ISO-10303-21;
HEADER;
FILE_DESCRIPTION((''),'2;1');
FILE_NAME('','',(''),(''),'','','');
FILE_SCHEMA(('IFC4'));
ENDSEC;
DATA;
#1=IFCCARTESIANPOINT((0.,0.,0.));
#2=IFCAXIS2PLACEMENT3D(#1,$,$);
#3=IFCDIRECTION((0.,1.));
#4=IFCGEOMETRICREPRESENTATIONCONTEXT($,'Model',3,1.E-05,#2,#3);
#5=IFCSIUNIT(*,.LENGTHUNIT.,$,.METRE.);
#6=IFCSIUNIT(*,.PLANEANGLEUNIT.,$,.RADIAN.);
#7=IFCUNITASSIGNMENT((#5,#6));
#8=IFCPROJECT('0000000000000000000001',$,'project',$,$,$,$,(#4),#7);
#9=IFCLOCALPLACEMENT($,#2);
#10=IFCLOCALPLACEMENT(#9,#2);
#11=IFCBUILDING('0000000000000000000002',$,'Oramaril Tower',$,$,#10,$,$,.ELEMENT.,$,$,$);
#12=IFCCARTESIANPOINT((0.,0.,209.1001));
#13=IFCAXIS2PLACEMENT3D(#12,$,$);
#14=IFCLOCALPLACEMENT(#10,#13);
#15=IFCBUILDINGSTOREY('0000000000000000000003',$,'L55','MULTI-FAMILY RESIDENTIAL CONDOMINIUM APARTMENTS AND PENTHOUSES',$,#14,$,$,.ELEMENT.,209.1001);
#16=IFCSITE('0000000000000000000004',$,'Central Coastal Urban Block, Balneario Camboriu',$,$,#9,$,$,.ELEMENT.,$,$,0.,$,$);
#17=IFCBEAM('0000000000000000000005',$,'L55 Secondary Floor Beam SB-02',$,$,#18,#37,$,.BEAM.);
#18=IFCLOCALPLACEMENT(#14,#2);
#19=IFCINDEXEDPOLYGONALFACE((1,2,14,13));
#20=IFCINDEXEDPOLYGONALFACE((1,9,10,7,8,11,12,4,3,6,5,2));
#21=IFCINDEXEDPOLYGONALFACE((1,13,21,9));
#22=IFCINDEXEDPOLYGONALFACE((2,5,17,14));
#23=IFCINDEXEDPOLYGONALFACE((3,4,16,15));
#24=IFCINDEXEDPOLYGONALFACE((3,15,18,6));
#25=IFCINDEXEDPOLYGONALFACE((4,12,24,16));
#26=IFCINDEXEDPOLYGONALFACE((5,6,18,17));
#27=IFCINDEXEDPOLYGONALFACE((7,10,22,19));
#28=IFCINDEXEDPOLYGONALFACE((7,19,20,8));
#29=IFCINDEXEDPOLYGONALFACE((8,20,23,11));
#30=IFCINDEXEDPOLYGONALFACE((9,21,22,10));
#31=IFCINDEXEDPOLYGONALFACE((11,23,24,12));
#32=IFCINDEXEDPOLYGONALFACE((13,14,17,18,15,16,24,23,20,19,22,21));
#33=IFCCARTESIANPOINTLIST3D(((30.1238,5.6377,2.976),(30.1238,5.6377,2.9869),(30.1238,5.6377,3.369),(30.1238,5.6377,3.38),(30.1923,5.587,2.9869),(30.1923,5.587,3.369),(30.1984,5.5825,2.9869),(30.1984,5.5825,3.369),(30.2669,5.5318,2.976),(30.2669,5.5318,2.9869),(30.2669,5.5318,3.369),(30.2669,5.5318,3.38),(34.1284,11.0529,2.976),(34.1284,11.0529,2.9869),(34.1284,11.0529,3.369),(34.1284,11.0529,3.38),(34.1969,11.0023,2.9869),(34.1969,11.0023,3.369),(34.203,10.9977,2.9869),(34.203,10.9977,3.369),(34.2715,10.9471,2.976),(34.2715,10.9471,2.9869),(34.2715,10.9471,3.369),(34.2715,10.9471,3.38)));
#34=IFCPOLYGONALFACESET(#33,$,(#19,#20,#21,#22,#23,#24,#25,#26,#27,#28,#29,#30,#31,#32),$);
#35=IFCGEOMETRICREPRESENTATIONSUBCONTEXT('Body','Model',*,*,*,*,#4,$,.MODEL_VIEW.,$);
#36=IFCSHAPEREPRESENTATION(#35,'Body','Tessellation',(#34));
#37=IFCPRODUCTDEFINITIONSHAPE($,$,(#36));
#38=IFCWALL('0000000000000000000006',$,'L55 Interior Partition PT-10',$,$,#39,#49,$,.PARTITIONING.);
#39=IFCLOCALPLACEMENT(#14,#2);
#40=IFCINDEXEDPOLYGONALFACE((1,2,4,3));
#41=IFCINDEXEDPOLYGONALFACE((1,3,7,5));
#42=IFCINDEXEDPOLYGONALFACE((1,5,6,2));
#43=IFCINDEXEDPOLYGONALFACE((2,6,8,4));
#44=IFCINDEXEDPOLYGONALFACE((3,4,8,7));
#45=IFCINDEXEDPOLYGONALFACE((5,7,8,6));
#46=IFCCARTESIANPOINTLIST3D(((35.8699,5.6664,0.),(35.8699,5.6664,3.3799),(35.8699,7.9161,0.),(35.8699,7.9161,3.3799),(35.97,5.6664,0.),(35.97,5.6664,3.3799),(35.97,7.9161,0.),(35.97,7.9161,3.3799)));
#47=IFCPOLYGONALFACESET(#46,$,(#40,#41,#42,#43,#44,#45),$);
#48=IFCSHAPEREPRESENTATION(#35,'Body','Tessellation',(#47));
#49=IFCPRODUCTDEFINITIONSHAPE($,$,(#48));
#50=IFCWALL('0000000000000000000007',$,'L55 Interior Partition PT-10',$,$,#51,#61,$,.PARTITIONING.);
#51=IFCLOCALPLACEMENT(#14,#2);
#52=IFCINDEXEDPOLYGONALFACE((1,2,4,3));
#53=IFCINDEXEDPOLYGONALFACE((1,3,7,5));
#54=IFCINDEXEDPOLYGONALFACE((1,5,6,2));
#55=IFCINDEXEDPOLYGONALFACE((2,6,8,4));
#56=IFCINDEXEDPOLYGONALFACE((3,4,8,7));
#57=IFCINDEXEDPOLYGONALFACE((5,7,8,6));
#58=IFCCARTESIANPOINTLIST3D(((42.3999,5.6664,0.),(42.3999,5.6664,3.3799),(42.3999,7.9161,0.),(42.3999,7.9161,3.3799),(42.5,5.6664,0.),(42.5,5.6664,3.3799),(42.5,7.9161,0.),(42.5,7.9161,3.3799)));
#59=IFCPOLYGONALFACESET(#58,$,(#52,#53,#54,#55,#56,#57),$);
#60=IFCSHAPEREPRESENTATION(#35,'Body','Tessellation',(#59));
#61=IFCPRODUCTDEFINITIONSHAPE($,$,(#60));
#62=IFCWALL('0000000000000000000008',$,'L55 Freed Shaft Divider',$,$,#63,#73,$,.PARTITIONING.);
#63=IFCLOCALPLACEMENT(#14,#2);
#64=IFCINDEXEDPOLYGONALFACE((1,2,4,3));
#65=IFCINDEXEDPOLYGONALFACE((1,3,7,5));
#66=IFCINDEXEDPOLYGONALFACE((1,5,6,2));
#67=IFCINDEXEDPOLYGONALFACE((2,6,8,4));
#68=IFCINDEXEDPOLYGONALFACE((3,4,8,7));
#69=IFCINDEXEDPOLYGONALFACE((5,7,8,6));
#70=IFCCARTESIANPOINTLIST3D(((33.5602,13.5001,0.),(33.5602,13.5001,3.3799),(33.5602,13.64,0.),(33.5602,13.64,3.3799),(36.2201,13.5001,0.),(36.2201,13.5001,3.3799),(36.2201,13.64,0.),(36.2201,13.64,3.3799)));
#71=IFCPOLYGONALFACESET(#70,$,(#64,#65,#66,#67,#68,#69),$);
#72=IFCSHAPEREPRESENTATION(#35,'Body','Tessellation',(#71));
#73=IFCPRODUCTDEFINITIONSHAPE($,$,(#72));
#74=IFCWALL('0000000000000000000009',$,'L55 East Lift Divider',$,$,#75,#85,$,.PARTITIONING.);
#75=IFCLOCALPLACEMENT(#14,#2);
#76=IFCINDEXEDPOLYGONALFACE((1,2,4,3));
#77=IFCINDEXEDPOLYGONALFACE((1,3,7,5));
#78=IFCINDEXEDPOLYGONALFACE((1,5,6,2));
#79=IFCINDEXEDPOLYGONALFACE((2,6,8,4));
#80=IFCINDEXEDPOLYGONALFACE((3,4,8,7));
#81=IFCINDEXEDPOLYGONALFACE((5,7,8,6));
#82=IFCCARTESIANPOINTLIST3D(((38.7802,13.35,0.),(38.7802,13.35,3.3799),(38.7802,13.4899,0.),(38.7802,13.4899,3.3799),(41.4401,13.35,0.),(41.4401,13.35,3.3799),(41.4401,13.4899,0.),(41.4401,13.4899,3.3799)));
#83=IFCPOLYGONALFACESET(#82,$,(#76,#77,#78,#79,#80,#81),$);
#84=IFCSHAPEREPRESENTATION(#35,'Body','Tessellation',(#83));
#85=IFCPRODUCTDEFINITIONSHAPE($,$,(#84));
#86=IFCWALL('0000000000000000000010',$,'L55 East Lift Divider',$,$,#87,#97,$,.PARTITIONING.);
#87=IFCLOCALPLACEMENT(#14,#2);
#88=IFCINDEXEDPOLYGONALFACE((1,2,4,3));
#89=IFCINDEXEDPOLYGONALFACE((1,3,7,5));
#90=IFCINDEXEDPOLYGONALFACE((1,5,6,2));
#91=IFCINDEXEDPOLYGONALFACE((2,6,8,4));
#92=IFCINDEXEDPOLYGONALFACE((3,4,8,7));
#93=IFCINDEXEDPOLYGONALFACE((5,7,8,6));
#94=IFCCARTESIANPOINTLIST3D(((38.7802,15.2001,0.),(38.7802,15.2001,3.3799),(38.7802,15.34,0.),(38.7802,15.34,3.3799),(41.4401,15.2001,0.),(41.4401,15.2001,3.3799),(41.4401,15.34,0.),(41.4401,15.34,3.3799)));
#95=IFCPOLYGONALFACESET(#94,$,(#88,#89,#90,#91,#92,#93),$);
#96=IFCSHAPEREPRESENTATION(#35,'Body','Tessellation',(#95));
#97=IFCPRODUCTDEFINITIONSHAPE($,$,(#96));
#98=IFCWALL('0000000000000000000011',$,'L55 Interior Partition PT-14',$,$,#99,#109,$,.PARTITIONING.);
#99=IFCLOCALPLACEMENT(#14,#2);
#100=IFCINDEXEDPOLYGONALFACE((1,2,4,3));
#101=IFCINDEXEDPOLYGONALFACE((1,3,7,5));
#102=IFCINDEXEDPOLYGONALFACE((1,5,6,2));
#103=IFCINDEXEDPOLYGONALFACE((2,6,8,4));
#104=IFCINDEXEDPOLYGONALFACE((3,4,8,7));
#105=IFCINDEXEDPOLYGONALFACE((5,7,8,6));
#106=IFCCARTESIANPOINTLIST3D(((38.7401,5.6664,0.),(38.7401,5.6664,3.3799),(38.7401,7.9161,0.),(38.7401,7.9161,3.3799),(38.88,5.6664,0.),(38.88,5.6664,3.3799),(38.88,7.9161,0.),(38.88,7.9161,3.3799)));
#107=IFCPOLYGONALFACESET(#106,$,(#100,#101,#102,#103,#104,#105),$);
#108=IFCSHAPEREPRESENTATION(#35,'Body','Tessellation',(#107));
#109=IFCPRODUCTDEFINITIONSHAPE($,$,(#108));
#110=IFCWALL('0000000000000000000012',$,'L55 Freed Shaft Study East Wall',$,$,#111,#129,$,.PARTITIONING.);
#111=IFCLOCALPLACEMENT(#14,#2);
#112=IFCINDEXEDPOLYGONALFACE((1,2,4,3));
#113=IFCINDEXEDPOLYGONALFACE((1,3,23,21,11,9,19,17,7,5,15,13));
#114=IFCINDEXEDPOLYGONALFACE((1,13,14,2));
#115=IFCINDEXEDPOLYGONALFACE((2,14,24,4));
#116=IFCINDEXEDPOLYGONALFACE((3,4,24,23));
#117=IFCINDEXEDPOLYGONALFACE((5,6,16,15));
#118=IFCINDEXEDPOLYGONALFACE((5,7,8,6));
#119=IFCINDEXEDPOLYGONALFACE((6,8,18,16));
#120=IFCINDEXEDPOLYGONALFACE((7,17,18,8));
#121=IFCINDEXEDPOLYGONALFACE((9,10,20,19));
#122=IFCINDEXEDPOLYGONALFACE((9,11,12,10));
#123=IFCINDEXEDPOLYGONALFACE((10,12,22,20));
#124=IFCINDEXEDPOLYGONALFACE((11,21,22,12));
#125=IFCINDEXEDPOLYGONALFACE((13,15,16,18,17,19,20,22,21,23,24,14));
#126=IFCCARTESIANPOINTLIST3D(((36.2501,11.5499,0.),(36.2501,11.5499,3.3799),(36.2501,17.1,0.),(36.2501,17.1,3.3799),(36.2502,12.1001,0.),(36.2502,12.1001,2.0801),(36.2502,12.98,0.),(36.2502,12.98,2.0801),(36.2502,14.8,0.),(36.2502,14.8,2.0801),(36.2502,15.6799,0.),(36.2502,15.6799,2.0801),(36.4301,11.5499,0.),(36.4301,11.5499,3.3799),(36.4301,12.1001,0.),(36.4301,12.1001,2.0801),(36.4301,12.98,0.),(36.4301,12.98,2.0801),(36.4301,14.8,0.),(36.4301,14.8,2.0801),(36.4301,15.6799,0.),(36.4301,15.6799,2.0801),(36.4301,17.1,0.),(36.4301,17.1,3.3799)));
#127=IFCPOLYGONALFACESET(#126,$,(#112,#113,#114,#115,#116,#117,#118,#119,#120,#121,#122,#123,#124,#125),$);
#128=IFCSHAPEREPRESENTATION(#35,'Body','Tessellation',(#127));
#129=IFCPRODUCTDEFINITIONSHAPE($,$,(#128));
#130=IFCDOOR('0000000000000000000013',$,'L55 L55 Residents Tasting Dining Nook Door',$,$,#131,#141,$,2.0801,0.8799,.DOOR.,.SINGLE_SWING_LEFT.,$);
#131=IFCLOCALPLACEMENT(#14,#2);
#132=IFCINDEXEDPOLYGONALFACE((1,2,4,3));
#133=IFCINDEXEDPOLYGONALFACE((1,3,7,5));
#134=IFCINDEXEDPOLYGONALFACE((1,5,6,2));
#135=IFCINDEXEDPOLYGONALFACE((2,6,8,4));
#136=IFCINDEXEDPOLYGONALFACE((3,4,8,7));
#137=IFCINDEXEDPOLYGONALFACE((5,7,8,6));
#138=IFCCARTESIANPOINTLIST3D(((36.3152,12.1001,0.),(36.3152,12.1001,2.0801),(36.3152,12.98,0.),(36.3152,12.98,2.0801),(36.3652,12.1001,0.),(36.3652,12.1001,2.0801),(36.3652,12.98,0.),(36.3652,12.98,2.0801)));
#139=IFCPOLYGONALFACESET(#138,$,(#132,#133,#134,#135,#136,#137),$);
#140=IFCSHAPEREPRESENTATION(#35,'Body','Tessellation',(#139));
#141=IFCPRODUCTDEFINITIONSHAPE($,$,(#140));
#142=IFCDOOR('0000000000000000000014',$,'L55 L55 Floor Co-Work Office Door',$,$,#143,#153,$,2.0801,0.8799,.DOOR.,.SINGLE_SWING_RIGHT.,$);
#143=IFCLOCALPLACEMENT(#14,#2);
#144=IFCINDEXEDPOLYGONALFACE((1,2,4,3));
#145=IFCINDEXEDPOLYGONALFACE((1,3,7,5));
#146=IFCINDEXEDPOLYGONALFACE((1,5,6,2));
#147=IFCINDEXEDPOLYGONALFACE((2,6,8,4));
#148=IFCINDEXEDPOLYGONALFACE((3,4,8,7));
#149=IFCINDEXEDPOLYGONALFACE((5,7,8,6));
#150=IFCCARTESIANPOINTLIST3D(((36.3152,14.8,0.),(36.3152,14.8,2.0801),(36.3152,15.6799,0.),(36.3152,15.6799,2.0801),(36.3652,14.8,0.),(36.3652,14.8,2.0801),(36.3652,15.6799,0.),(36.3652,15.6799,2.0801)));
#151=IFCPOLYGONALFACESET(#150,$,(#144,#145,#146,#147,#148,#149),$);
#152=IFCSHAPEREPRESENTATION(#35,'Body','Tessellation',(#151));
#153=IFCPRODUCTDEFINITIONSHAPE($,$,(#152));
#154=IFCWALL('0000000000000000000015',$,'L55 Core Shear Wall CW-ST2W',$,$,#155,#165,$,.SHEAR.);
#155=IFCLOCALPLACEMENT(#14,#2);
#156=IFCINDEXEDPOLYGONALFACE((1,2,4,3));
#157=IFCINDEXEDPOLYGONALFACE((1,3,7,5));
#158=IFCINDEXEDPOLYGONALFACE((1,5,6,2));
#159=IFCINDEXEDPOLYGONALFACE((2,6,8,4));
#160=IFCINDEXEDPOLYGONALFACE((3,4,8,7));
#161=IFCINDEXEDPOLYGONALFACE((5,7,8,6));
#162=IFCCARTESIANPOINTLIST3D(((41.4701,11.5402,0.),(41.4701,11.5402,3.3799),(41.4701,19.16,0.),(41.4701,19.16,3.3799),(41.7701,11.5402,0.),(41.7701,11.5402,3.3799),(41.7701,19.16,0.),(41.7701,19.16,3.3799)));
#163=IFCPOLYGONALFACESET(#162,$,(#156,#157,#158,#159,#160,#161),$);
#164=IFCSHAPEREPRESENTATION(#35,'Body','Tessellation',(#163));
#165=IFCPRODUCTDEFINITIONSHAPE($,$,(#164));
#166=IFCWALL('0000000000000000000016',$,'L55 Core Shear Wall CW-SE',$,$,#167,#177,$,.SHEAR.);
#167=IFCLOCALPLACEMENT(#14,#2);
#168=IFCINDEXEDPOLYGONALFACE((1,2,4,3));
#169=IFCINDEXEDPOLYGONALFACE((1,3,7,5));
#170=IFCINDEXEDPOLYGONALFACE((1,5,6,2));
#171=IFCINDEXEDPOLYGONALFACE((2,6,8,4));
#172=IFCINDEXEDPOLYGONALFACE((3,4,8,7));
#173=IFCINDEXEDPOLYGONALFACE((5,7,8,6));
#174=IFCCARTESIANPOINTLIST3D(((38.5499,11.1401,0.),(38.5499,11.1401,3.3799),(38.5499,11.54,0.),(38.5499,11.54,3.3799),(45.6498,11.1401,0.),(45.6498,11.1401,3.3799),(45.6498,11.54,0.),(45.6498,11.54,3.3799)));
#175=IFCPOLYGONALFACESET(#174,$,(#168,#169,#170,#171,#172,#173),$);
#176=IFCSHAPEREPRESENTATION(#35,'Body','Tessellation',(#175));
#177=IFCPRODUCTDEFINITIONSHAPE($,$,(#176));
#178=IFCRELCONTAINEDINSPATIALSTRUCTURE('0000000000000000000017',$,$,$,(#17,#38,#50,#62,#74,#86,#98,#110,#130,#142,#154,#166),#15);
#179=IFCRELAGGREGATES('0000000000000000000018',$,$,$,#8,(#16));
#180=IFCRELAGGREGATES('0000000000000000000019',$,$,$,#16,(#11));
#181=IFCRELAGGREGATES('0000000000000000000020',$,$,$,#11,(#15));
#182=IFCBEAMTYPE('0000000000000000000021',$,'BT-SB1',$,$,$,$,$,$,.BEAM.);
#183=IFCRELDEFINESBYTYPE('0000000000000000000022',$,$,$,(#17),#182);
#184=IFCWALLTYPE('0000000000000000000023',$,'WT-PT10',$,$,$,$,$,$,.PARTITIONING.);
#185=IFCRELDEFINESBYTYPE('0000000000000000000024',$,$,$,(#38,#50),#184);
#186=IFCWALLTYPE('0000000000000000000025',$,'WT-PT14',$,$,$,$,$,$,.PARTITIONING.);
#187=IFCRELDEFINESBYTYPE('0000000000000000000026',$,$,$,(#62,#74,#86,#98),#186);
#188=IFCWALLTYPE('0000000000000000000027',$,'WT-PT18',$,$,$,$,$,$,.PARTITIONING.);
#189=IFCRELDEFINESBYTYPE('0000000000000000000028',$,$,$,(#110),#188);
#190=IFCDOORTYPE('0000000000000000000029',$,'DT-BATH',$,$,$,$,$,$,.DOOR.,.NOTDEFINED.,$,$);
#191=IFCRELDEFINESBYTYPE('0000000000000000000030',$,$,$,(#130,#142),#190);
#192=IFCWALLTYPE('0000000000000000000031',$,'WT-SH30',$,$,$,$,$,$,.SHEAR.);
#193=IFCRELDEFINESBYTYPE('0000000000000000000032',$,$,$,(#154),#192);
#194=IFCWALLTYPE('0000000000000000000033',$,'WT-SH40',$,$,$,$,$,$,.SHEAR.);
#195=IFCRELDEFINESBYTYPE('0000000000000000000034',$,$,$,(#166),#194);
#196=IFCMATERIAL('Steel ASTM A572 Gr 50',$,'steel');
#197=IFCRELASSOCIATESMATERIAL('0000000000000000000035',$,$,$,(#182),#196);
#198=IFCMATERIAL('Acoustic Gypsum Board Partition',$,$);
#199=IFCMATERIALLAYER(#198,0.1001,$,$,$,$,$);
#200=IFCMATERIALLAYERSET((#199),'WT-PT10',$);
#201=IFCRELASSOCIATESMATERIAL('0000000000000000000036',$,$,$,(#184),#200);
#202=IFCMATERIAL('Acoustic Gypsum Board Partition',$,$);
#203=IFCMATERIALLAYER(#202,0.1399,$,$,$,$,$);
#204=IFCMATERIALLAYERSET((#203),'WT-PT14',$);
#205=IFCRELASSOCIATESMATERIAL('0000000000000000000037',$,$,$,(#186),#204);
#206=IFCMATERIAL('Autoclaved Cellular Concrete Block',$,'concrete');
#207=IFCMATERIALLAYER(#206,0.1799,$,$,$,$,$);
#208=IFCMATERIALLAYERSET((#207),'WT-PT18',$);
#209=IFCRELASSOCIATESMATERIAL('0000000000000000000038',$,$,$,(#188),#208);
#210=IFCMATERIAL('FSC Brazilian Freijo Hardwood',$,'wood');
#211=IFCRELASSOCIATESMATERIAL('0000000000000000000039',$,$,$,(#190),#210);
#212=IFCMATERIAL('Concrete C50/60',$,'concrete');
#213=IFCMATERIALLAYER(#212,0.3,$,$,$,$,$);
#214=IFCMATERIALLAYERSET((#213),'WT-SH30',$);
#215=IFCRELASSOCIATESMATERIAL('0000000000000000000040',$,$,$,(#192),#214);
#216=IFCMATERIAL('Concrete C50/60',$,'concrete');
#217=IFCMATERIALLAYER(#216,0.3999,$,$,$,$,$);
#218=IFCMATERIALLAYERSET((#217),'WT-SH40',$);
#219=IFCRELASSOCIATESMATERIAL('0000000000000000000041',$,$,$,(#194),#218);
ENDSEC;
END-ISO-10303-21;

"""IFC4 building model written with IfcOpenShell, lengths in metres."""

from ifc_helpers import new_model, si_unit, direction, frame, frame_2d, origin, origin_2d, place, context, subcontext, project, spatial, rectangle, i_section, extrude, material, layer, layer_set, material_profile, profile_set, type_object, element, fill, save


model = new_model("IFC4")

# Units and contexts
model_context = context("Model", 3, precision=1e-05, world=origin(), true_north=direction((0.0, 1.0)))
body_context = subcontext(model_context, "Body", "Model", "MODEL_VIEW")
ifc_project = project(units=[si_unit("LENGTHUNIT", "METRE"), si_unit("PLANEANGLEUNIT", "RADIAN")], contexts=[model_context])

# Site, building, storey
site_placement = place(None, origin())
site = spatial("IfcSite", under=ifc_project, at=site_placement, Name="Central Coastal Urban Block, Balneario Camboriu", CompositionType="ELEMENT", RefElevation=0.0)
building_placement = place(site_placement, origin())
building = spatial("IfcBuilding", under=site, at=building_placement, Name="Oramaril Tower", CompositionType="ELEMENT")
storey_placement = place(building_placement, frame((0.0, 0.0, 209.1001)))
storey = spatial("IfcBuildingStorey", under=building, at=storey_placement, Name="L55", Description="MULTI-FAMILY RESIDENTIAL CONDOMINIUM APARTMENTS AND PENTHOUSES", CompositionType="ELEMENT", Elevation=209.1001)

# Beam
ifc_material_1 = material(Name="Steel ASTM A572 Gr 50", Category="steel")
ifc_material_profile = material_profile(ifc_material_1, i_section(OverallWidth=0.178, OverallDepth=0.4041, WebThickness=0.0076, FlangeThickness=0.011, at=origin_2d()), Name="W16X36")
ifc_profile_set = profile_set([ifc_material_profile], Name="Steel ASTM A572 Gr 50")
beam_type = type_object("IfcBeamType", Name="BT-SB1", PredefinedType="BEAM", material=ifc_profile_set)
beam_placement = place(storey_placement, frame((34.2, 11.0, 3.178), z_axis=(-0.594587, -0.804031, 0.0), x_axis=(0.804031, -0.594587, 0.0)))
element("IfcBeam", 1, at=beam_placement, inside=storey, type_object=beam_type, Name="L55 Secondary Floor Beam SB-02", PredefinedType="BEAM", context=body_context, shape_type="SweptSolid", body=[
    extrude(i_section(OverallWidth=0.178, OverallDepth=0.4041, WebThickness=0.0076, FlangeThickness=0.011, at=origin_2d()), origin(), (0.0, 0.0, 1.0), 6.7351),
])

# Walls
ifc_material_2 = material(Name="Acoustic Gypsum Board Partition")
ifc_layer_1 = layer(ifc_material_2, 0.1001)
ifc_layer_set_1 = layer_set([ifc_layer_1], Name="WT-PT10")
wall_type_1 = type_object("IfcWallType", Name="WT-PT10", PredefinedType="PARTITIONING", material=ifc_layer_set_1)
for number, where, z_axis, x_axis, name in (
    (2, (35.9199, 5.6663, 0.0), (0.0, 0.0, 1.0), (0.0, 1.0, 0.0), "L55 Interior Partition PT-10"),
    (3, (42.45, 5.6663, 0.0), (0.0, 0.0, 1.0), (0.0, 1.0, 0.0), "L55 Interior Partition PT-10"),
):
    element("IfcWall", number, at=place(storey_placement, frame(where, z_axis=z_axis, x_axis=x_axis)), inside=storey, type_object=wall_type_1, Name=name, PredefinedType="PARTITIONING", context=body_context, shape_type="SweptSolid", body=[
        extrude(rectangle(XDim=2.2498, YDim=0.1001, at=frame_2d((1.125, 0.0))), origin(), (0.0, 0.0, 1.0), 3.3799),
    ])
ifc_material_3 = material(Name="Acoustic Gypsum Board Partition")
ifc_layer_2 = layer(ifc_material_3, 0.1399)
ifc_layer_set_2 = layer_set([ifc_layer_2], Name="WT-PT14")
wall_type_2 = type_object("IfcWallType", Name="WT-PT14", PredefinedType="PARTITIONING", material=ifc_layer_set_2)
for number, where, z_axis, x_axis, name in (
    (4, (33.5601, 13.5701, 0.0), (0.0, 0.0, 1.0), (1.0, 0.0, 0.0), "L55 Freed Shaft Divider"),
    (5, (38.78, 13.4199, 0.0), (0.0, 0.0, 1.0), (1.0, 0.0, 0.0), "L55 East Lift Divider"),
    (6, (38.78, 15.27, 0.0), (0.0, 0.0, 1.0), (1.0, 0.0, 0.0), "L55 East Lift Divider"),
):
    element("IfcWall", number, at=place(storey_placement, frame(where, z_axis=z_axis, x_axis=x_axis)), inside=storey, type_object=wall_type_2, Name=name, PredefinedType="PARTITIONING", context=body_context, shape_type="SweptSolid", body=[
        extrude(rectangle(XDim=2.6599, YDim=0.1399, at=frame_2d((1.3301, 0.0))), origin(), (0.0, 0.0, 1.0), 3.3799),
    ])
wall_1_placement = place(storey_placement, frame((38.8101, 5.6663, 0.0), z_axis=(0.0, 0.0, 1.0), x_axis=(0.0, 1.0, 0.0)))
element("IfcWall", 7, at=wall_1_placement, inside=storey, type_object=wall_type_2, Name="L55 Interior Partition PT-14", PredefinedType="PARTITIONING", context=body_context, shape_type="SweptSolid", body=[
    extrude(rectangle(XDim=2.2498, YDim=0.1399, at=frame_2d((1.125, 0.0))), origin(), (0.0, 0.0, 1.0), 3.3799),
])

# Wall, openings, doors
ifc_material_4 = material(Name="Autoclaved Cellular Concrete Block", Category="concrete")
ifc_layer_3 = layer(ifc_material_4, 0.1799)
ifc_layer_set_3 = layer_set([ifc_layer_3], Name="WT-PT18")
wall_type_3 = type_object("IfcWallType", Name="WT-PT18", PredefinedType="PARTITIONING", material=ifc_layer_set_3)
wall_2_placement = place(storey_placement, frame((36.3401, 11.55, 0.0), z_axis=(0.0, 0.0, 1.0), x_axis=(0.0, 1.0, 0.0)))
wall_2 = element("IfcWall", 8, at=wall_2_placement, inside=storey, type_object=wall_type_3, Name="L55 Freed Shaft Study East Wall", PredefinedType="PARTITIONING", context=body_context, shape_type="SweptSolid", body=[
    extrude(rectangle(XDim=5.55, YDim=0.1799, at=frame_2d((2.7749, 0.0))), origin(), (0.0, 0.0, 1.0), 3.3799),
])
opening_1_placement = place(wall_2_placement, frame((0.55, 0.0, 0.0)))
opening_1 = element("IfcOpeningElement", 9, at=opening_1_placement, cuts=wall_2, PredefinedType="OPENING", context=body_context, shape_type="SweptSolid", body=[
    extrude(rectangle(XDim=0.8799, YDim=2.0801, at=frame_2d((0.4399, 1.04))), frame((0.0, 0.0898, 0.0), z_axis=(0.0, -1.0, 0.0), x_axis=(1.0, 0.0, 0.0)), (0.0, 0.0, 1.0), 0.1799),
])
opening_2_placement = place(wall_2_placement, frame((3.25, 0.0, 0.0)))
opening_2 = element("IfcOpeningElement", 10, at=opening_2_placement, cuts=wall_2, PredefinedType="OPENING", context=body_context, shape_type="SweptSolid", body=[
    extrude(rectangle(XDim=0.8799, YDim=2.0801, at=frame_2d((0.4399, 1.04))), frame((0.0, 0.0898, 0.0), z_axis=(0.0, -1.0, 0.0), x_axis=(1.0, 0.0, 0.0)), (0.0, 0.0, 1.0), 0.1799),
])
ifc_material_5 = material(Name="FSC Brazilian Freijo Hardwood", Category="wood")
door_type_1 = type_object("IfcDoorType", Name="DT-BATH", OperationType="NOTDEFINED", PredefinedType="DOOR", material=ifc_material_5)
door_1_placement = place(opening_1_placement, origin())
door_1 = element("IfcDoor", 11, at=door_1_placement, inside=storey, type_object=door_type_1, Name="L55 L55 Residents Tasting Dining Nook Door", OperationType="SINGLE_SWING_LEFT", OverallHeight=2.0801, OverallWidth=0.8799, PredefinedType="DOOR", context=body_context, shape_type="SweptSolid", body=[
    extrude(rectangle(XDim=0.8799, YDim=2.0801, at=frame_2d((0.4399, 1.04))), frame((0.0, 0.0249, 0.0), z_axis=(0.0, -1.0, 0.0), x_axis=(1.0, 0.0, 0.0)), (0.0, 0.0, 1.0), 0.05),
])
fill(opening_1, door_1)
door_2_placement = place(opening_2_placement, origin())
door_2 = element("IfcDoor", 12, at=door_2_placement, inside=storey, type_object=door_type_1, Name="L55 L55 Floor Co-Work Office Door", OperationType="SINGLE_SWING_RIGHT", OverallHeight=2.0801, OverallWidth=0.8799, PredefinedType="DOOR", context=body_context, shape_type="SweptSolid", body=[
    extrude(rectangle(XDim=0.8799, YDim=2.0801, at=frame_2d((0.4399, 1.04))), frame((0.0, 0.0249, 0.0), z_axis=(0.0, -1.0, 0.0), x_axis=(1.0, 0.0, 0.0)), (0.0, 0.0, 1.0), 0.05),
])
fill(opening_2, door_2)

# Walls
ifc_material_6 = material(Name="Concrete C50/60", Category="concrete")
ifc_layer_4 = layer(ifc_material_6, 0.3)
ifc_layer_set_4 = layer_set([ifc_layer_4], Name="WT-SH30")
wall_type_4 = type_object("IfcWallType", Name="WT-SH30", PredefinedType="SHEAR", material=ifc_layer_set_4)
wall_3_placement = place(storey_placement, frame((41.6201, 11.54, 0.0), z_axis=(0.0, 0.0, 1.0), x_axis=(0.0, 1.0, 0.0)))
element("IfcWall", 13, at=wall_3_placement, inside=storey, type_object=wall_type_4, Name="L55 Core Shear Wall CW-ST2W", PredefinedType="SHEAR", context=body_context, shape_type="SweptSolid", body=[
    extrude(rectangle(XDim=7.6199, YDim=0.3, at=frame_2d((3.8101, 0.0))), origin(), (0.0, 0.0, 1.0), 3.3799),
])
ifc_material_7 = material(Name="Concrete C50/60", Category="concrete")
ifc_layer_5 = layer(ifc_material_7, 0.3999)
ifc_layer_set_5 = layer_set([ifc_layer_5], Name="WT-SH40")
wall_type_5 = type_object("IfcWallType", Name="WT-SH40", PredefinedType="SHEAR", material=ifc_layer_set_5)
wall_4_placement = place(storey_placement, frame((38.55, 11.3401, 0.0), z_axis=(0.0, 0.0, 1.0), x_axis=(1.0, 0.0, 0.0)))
element("IfcWall", 14, at=wall_4_placement, inside=storey, type_object=wall_type_5, Name="L55 Core Shear Wall CW-SE", PredefinedType="SHEAR", context=body_context, shape_type="SweptSolid", body=[
    extrude(rectangle(XDim=7.0999, YDim=0.3999, at=frame_2d((3.5498, 0.0))), origin(), (0.0, 0.0, 1.0), 3.3799),
])

save(model, "model.ifc")
